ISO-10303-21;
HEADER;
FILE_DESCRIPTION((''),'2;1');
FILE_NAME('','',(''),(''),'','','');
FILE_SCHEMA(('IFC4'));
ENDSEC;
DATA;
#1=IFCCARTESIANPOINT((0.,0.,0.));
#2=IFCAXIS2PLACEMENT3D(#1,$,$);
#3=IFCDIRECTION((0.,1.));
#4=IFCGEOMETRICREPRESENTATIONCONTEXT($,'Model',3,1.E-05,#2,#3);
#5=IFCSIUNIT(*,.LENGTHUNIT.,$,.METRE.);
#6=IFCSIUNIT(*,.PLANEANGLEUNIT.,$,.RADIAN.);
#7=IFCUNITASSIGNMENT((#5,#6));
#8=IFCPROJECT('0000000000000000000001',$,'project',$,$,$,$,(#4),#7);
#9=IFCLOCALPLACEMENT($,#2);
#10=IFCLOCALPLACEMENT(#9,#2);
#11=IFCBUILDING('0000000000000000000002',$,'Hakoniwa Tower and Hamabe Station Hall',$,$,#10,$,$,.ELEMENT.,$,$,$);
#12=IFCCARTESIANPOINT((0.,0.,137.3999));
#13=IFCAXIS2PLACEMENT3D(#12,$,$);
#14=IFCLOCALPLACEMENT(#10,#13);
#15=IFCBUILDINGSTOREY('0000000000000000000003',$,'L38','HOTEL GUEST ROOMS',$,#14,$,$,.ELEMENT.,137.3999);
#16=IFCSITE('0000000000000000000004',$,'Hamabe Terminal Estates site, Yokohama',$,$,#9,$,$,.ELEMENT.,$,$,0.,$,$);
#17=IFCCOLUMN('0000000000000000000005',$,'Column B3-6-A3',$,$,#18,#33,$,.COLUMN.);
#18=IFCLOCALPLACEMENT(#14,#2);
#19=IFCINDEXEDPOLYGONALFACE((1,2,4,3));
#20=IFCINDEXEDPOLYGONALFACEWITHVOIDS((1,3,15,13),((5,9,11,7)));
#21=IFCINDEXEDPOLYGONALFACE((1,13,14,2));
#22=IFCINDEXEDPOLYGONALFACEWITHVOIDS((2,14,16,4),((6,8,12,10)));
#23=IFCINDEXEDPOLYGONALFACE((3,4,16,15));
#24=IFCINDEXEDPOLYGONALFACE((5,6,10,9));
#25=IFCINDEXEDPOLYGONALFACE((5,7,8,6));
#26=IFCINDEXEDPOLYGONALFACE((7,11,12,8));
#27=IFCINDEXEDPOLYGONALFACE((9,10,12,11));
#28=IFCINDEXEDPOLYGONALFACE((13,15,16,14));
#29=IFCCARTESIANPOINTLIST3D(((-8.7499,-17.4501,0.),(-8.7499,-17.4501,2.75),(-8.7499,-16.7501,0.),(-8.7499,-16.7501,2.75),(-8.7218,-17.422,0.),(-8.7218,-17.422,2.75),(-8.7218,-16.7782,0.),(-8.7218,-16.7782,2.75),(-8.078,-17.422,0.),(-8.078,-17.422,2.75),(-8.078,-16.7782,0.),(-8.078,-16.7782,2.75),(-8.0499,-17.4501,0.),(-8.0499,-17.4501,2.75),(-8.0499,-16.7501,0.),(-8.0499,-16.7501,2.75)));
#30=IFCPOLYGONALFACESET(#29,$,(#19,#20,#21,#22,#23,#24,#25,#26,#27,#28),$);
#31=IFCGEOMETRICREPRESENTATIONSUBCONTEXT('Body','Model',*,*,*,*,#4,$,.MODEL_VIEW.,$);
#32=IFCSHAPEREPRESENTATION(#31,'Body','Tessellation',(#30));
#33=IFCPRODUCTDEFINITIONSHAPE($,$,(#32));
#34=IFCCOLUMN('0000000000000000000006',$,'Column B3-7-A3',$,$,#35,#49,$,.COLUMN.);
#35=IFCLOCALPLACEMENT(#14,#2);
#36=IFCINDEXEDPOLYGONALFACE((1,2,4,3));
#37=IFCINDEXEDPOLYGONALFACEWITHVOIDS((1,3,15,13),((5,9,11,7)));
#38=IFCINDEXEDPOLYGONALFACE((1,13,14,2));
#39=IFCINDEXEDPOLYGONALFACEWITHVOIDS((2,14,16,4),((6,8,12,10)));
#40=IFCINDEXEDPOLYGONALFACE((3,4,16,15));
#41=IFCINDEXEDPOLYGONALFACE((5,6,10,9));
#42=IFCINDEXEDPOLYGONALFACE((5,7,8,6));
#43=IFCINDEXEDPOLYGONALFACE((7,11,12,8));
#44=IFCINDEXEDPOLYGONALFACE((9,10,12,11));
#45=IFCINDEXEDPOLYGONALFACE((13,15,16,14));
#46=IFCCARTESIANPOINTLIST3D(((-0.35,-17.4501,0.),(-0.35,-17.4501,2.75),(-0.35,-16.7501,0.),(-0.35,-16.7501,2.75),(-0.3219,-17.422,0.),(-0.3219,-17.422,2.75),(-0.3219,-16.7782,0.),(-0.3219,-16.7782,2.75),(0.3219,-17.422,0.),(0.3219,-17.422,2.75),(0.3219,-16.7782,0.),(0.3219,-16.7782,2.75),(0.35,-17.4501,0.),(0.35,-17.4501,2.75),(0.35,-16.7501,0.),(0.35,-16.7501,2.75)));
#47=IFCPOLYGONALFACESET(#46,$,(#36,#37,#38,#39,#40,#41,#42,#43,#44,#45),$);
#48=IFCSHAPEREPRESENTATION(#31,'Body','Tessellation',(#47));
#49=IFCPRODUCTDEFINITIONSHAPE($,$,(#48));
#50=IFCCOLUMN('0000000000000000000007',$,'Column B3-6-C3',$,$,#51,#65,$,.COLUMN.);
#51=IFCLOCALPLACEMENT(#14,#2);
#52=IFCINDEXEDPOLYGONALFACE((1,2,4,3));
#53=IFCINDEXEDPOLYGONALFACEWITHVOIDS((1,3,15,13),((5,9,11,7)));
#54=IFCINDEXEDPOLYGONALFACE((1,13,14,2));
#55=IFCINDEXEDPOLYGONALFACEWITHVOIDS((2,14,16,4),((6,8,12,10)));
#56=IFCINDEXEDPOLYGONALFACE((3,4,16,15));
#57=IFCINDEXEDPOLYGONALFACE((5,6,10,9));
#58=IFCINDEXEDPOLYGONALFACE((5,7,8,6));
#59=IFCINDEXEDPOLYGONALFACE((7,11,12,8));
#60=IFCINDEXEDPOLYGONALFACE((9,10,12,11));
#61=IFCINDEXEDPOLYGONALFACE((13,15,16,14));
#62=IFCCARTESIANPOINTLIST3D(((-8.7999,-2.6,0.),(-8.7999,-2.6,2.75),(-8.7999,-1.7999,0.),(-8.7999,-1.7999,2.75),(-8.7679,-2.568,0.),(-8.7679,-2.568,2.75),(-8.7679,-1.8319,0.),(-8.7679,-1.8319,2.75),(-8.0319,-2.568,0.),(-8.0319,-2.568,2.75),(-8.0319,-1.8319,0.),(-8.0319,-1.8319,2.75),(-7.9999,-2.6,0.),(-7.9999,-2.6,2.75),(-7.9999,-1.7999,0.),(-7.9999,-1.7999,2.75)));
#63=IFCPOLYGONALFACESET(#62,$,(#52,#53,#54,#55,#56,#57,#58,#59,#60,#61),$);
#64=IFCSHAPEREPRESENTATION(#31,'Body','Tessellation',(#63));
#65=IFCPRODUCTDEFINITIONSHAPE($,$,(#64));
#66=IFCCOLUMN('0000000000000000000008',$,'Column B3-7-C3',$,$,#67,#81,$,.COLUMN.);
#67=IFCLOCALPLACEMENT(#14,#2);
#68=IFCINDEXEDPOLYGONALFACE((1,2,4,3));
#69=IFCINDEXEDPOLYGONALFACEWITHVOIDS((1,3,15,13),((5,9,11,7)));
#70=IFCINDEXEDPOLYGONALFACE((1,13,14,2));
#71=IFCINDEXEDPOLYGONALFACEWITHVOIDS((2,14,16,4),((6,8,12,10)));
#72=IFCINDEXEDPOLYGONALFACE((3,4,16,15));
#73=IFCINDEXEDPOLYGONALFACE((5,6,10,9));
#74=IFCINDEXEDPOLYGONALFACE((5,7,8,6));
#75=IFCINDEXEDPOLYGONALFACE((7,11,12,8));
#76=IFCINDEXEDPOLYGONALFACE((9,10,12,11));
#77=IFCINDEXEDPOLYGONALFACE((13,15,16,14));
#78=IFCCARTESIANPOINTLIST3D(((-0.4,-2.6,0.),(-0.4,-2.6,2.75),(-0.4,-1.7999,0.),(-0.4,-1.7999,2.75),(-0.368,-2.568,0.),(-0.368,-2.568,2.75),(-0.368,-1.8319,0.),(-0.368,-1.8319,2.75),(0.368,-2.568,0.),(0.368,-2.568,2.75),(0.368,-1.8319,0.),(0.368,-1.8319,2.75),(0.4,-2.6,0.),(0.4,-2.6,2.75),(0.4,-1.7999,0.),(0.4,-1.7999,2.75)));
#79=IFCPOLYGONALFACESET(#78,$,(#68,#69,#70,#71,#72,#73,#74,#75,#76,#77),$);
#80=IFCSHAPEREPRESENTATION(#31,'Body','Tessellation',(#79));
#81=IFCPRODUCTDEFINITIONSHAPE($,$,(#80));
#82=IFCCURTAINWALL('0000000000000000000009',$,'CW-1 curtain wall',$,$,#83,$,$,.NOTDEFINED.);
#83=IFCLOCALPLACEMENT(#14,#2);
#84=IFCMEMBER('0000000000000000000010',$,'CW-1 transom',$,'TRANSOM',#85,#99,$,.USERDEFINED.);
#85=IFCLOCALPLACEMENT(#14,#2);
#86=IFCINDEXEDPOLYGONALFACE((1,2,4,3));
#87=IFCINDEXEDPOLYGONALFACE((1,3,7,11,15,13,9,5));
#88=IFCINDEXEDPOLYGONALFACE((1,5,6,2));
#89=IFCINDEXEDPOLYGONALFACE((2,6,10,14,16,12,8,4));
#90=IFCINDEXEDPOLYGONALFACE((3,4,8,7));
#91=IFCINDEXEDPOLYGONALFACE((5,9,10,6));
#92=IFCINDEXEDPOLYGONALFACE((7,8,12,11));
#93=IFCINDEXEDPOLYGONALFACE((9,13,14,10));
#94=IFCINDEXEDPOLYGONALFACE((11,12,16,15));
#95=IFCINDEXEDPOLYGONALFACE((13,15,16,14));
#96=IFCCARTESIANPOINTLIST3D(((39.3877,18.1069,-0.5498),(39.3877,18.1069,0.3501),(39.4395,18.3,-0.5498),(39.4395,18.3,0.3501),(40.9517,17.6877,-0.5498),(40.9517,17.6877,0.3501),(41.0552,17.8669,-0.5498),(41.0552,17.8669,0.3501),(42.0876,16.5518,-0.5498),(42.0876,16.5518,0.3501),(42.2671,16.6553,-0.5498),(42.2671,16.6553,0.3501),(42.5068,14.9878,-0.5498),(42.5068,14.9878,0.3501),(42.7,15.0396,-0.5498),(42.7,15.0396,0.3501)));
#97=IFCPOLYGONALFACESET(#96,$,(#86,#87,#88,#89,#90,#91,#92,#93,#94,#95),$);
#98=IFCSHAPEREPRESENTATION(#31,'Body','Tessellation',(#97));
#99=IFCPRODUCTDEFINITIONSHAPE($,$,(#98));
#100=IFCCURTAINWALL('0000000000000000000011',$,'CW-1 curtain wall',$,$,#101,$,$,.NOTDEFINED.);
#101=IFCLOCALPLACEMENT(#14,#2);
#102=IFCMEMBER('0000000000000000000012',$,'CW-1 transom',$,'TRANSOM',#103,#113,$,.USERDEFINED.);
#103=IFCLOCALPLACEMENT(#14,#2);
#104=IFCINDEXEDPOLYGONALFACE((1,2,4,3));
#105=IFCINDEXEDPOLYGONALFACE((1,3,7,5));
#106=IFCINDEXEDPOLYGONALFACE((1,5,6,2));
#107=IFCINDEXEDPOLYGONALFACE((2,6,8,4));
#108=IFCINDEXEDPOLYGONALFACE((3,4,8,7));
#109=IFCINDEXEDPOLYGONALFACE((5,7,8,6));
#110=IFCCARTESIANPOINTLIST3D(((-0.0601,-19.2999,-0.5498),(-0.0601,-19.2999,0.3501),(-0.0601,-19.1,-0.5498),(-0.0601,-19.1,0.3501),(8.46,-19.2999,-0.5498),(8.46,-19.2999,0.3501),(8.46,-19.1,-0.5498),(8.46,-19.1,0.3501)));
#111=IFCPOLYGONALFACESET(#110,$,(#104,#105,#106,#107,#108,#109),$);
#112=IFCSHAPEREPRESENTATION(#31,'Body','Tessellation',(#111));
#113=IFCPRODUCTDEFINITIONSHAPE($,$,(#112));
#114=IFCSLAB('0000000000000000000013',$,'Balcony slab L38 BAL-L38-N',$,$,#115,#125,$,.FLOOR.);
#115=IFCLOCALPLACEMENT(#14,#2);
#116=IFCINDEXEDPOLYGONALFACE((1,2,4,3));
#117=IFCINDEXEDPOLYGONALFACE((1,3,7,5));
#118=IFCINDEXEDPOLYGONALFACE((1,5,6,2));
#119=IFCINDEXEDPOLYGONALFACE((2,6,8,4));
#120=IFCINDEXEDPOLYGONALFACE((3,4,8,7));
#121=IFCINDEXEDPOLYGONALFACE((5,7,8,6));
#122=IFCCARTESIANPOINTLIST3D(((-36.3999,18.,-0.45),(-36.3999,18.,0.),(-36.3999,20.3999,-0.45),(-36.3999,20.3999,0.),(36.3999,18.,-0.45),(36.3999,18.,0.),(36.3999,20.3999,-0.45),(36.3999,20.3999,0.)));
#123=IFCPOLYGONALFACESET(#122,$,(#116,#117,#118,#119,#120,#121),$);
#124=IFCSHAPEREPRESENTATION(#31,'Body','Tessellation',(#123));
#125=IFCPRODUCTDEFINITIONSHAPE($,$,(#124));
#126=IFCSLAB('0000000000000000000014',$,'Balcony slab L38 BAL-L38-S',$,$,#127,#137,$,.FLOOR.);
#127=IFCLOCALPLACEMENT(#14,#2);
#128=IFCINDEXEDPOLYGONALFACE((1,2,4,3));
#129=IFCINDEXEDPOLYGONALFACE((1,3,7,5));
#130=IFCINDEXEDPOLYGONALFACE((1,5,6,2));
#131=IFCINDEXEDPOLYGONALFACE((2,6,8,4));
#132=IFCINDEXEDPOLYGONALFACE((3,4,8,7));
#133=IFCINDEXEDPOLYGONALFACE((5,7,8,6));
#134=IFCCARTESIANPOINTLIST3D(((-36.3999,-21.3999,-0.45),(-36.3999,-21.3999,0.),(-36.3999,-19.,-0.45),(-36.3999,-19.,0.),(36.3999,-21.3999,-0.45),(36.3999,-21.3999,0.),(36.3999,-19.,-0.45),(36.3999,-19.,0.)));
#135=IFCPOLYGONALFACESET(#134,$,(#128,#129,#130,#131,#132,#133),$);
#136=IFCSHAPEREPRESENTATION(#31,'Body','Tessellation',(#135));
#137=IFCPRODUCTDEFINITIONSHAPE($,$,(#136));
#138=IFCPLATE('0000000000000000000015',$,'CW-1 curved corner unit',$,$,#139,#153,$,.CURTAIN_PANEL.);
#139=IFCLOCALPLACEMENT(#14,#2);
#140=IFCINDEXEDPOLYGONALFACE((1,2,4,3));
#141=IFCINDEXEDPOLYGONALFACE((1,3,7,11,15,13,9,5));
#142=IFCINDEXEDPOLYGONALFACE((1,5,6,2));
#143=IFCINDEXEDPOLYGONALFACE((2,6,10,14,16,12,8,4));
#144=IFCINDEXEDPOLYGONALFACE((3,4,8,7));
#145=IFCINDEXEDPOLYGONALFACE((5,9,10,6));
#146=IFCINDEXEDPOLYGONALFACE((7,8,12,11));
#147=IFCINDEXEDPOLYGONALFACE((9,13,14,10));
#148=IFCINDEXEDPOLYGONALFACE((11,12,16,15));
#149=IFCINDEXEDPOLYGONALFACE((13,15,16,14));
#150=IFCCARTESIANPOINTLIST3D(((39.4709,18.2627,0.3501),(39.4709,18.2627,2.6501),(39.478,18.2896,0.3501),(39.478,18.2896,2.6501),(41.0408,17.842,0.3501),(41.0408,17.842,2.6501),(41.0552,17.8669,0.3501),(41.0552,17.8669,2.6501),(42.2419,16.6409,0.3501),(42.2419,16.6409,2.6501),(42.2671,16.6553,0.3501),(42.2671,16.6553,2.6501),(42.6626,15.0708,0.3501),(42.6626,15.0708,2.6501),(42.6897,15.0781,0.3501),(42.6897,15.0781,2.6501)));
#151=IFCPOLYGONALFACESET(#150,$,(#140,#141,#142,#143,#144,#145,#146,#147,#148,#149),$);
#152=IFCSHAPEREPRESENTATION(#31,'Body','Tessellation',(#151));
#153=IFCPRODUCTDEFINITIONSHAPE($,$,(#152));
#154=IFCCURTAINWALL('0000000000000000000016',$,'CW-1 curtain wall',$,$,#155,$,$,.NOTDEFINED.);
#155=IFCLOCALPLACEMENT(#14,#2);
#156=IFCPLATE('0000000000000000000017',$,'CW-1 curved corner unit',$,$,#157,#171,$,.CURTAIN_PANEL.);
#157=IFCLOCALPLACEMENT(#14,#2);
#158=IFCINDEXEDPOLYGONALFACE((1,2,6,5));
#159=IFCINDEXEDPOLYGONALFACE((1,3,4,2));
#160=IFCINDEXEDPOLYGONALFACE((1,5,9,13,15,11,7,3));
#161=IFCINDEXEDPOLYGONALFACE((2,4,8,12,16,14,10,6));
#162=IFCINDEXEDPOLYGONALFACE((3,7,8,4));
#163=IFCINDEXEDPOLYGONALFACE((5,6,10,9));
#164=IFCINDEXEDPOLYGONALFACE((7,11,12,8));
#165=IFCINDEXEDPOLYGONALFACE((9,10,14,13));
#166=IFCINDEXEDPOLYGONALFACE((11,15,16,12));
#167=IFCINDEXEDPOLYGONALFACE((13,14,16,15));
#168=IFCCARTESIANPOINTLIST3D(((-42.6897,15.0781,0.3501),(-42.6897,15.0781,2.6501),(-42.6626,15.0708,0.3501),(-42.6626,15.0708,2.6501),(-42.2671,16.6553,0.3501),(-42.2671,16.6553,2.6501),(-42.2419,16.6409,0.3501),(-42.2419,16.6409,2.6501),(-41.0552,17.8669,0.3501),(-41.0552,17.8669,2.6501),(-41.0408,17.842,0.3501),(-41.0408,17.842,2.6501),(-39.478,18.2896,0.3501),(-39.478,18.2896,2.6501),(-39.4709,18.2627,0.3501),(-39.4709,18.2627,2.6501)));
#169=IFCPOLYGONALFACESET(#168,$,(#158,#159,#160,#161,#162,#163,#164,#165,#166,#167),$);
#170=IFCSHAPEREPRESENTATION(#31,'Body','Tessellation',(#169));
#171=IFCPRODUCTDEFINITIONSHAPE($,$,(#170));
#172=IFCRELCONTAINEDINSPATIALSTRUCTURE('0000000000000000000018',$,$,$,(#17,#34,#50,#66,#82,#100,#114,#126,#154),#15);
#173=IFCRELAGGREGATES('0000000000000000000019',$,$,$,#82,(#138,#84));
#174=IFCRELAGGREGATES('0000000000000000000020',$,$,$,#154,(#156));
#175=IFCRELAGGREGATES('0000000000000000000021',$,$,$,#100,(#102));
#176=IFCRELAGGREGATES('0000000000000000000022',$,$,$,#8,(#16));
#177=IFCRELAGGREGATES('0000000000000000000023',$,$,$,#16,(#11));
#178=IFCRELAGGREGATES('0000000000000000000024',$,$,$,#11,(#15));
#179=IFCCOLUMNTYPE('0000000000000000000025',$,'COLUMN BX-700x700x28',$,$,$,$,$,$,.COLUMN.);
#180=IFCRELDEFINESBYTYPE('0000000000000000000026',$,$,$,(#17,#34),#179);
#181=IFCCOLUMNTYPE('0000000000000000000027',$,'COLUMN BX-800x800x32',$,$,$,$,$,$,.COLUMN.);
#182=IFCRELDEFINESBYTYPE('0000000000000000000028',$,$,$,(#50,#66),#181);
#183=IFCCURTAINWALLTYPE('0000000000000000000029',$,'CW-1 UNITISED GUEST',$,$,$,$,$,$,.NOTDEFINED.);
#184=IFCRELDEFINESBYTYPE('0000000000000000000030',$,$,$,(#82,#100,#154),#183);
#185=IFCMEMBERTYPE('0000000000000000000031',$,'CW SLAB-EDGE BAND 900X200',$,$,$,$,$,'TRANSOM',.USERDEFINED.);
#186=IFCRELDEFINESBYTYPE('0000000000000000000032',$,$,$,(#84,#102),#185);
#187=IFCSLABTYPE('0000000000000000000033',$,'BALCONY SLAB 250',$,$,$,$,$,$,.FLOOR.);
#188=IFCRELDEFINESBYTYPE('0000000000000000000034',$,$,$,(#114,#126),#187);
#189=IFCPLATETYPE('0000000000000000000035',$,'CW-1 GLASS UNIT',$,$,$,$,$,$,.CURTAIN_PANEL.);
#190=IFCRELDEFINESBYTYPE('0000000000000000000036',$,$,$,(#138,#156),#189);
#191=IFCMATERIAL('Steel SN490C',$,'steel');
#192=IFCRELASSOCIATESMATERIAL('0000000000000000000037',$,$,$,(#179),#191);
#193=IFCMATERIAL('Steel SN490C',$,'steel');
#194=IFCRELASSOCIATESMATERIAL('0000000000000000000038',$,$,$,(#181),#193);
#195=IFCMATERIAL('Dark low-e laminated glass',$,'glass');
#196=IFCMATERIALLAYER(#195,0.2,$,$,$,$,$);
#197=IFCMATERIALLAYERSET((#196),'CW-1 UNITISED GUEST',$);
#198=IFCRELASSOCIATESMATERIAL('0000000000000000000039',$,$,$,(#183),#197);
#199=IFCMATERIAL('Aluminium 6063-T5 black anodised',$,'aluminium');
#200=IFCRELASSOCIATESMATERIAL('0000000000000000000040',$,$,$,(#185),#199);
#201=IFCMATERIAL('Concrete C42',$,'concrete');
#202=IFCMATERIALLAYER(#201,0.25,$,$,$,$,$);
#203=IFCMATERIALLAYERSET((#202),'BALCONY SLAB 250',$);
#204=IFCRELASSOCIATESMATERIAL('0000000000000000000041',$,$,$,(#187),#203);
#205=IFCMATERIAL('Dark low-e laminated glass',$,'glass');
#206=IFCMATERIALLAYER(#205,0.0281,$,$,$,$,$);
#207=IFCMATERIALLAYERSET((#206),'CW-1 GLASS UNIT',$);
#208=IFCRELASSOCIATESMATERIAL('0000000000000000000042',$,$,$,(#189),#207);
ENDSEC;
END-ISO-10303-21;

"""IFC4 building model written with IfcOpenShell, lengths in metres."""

from ifc_helpers import new_model, si_unit, direction, frame, origin, origin_2d, place, context, subcontext, project, spatial, polyline, rectangle, hollow_rectangle, outline, extrude, material, layer, layer_set, material_profile, profile_set, type_object, element, aggregate, save


model = new_model("IFC4")

# Units and contexts
model_context = context("Model", 3, precision=1e-05, world=origin(), true_north=direction((0.0, 1.0)))
body_context = subcontext(model_context, "Body", "Model", "MODEL_VIEW")
ifc_project = project(units=[si_unit("LENGTHUNIT", "METRE"), si_unit("PLANEANGLEUNIT", "RADIAN")], contexts=[model_context])

# Site, building, storey
site_placement = place(None, origin())
site = spatial("IfcSite", under=ifc_project, at=site_placement, Name="Hamabe Terminal Estates site, Yokohama", CompositionType="ELEMENT", RefElevation=0.0)
building_placement = place(site_placement, origin())
building = spatial("IfcBuilding", under=site, at=building_placement, Name="Hakoniwa Tower and Hamabe Station Hall", CompositionType="ELEMENT")
storey_placement = place(building_placement, frame((0.0, 0.0, 137.3999)))
storey = spatial("IfcBuildingStorey", under=building, at=storey_placement, Name="L38", Description="HOTEL GUEST ROOMS", CompositionType="ELEMENT", Elevation=137.3999)

# Columns
ifc_material_1 = material(Name="Steel SN490C", Category="steel")
ifc_material_profile_1 = material_profile(ifc_material_1, hollow_rectangle(XDim=0.7, YDim=0.7, WallThickness=0.0281, at=origin_2d()), Name="BX-700x700x28")
ifc_profile_set_1 = profile_set([ifc_material_profile_1], Name="Steel SN490C")
column_type_1 = type_object("IfcColumnType", Name="COLUMN BX-700x700x28", PredefinedType="COLUMN", material=ifc_profile_set_1)
for number, where, z_axis, x_axis, name in (
    (1, (-8.3999, -17.1001, 0.0), (0.0, 0.0, 1.0), (1.0, 0.0, 0.0), "Column B3-6-A3"),
    (2, (0.0, -17.1001, 0.0), (0.0, 0.0, 1.0), (1.0, 0.0, 0.0), "Column B3-7-A3"),
):
    element("IfcColumn", number, at=place(storey_placement, frame(where, z_axis=z_axis, x_axis=x_axis)), inside=storey, type_object=column_type_1, Name=name, PredefinedType="COLUMN", context=body_context, shape_type="SweptSolid", body=[
        extrude(hollow_rectangle(XDim=0.7, YDim=0.7, WallThickness=0.0281, at=origin_2d()), origin(), (0.0, 0.0, 1.0), 2.75),
    ])
ifc_material_2 = material(Name="Steel SN490C", Category="steel")
ifc_material_profile_2 = material_profile(ifc_material_2, hollow_rectangle(XDim=0.8, YDim=0.8, WallThickness=0.032, at=origin_2d()), Name="BX-800x800x32")
ifc_profile_set_2 = profile_set([ifc_material_profile_2], Name="Steel SN490C")
column_type_2 = type_object("IfcColumnType", Name="COLUMN BX-800x800x32", PredefinedType="COLUMN", material=ifc_profile_set_2)
for number, where, z_axis, x_axis, name in (
    (3, (-8.3999, -2.2, 0.0), (0.0, 0.0, 1.0), (1.0, 0.0, 0.0), "Column B3-6-C3"),
    (4, (0.0, -2.2, 0.0), (0.0, 0.0, 1.0), (1.0, 0.0, 0.0), "Column B3-7-C3"),
):
    element("IfcColumn", number, at=place(storey_placement, frame(where, z_axis=z_axis, x_axis=x_axis)), inside=storey, type_object=column_type_2, Name=name, PredefinedType="COLUMN", context=body_context, shape_type="SweptSolid", body=[
        extrude(hollow_rectangle(XDim=0.8, YDim=0.8, WallThickness=0.032, at=origin_2d()), origin(), (0.0, 0.0, 1.0), 2.75),
    ])

# Curtain walls, members
ifc_material_3 = material(Name="Dark low-e laminated glass", Category="glass")
ifc_layer_1 = layer(ifc_material_3, 0.2)
ifc_layer_set_1 = layer_set([ifc_layer_1], Name="CW-1 UNITISED GUEST")
curtain_wall_type = type_object("IfcCurtainWallType", Name="CW-1 UNITISED GUEST", PredefinedType="NOTDEFINED", material=ifc_layer_set_1)
curtain_wall_1_placement = place(storey_placement, origin())
curtain_wall_1 = element("IfcCurtainWall", 5, at=curtain_wall_1_placement, inside=storey, type_object=curtain_wall_type, Name="CW-1 curtain wall", PredefinedType="NOTDEFINED")
ifc_material_4 = material(Name="Aluminium 6063-T5 black anodised", Category="aluminium")
ifc_material_profile_3 = material_profile(ifc_material_4, rectangle(XDim=0.2, YDim=0.8999, at=origin_2d()), Name="CW SLAB-EDGE BAND 900X200")
ifc_profile_set_3 = profile_set([ifc_material_profile_3], Name="Aluminium 6063-T5 black anodised")
member_type = type_object("IfcMemberType", Name="CW SLAB-EDGE BAND 900X200", ElementType="TRANSOM", PredefinedType="USERDEFINED", material=ifc_profile_set_3)
member_1_placement = place(storey_placement, frame((0.0, 0.0, -0.5498)))
member_1 = element("IfcMember", 6, at=member_1_placement, type_object=member_type, Name="CW-1 transom", ObjectType="TRANSOM", PredefinedType="USERDEFINED", context=body_context, shape_type="SweptSolid", body=[
    extrude(outline(polyline([(42.7, 15.0396), (42.2671, 16.6553), (41.0552, 17.8669), (39.4395, 18.3), (39.3877, 18.1069), (40.9517, 17.6877), (42.0876, 16.5518), (42.5068, 14.9878), (42.7, 15.0396)])), origin(), (0.0, 0.0, 1.0), 0.8999),
])
curtain_wall_2_placement = place(storey_placement, origin())
curtain_wall_2 = element("IfcCurtainWall", 7, at=curtain_wall_2_placement, inside=storey, type_object=curtain_wall_type, Name="CW-1 curtain wall", PredefinedType="NOTDEFINED")
member_2_placement = place(storey_placement, frame((-0.0601, -19.2, -0.0999), z_axis=(1.0, 0.0, 0.0), x_axis=(0.0, 1.0, 0.0)))
member_2 = element("IfcMember", 8, at=member_2_placement, type_object=member_type, Name="CW-1 transom", ObjectType="TRANSOM", PredefinedType="USERDEFINED", context=body_context, shape_type="SweptSolid", body=[
    extrude(rectangle(XDim=0.2, YDim=0.8999, at=origin_2d()), origin(), (0.0, 0.0, 1.0), 8.52),
])

# Slabs
ifc_material_5 = material(Name="Concrete C42", Category="concrete")
ifc_layer_2 = layer(ifc_material_5, 0.25)
ifc_layer_set_2 = layer_set([ifc_layer_2], Name="BALCONY SLAB 250")
slab_type_1 = type_object("IfcSlabType", Name="BALCONY SLAB 250", PredefinedType="FLOOR", material=ifc_layer_set_2)
slab_1_placement = place(storey_placement, frame((0.0, 0.0, -0.45)))
element("IfcSlab", 9, at=slab_1_placement, inside=storey, type_object=slab_type_1, Name="Balcony slab L38 BAL-L38-N", PredefinedType="FLOOR", context=body_context, shape_type="SweptSolid", body=[
    extrude(outline(polyline([(-36.3999, 18.0), (36.3999, 18.0), (36.3999, 20.3999), (-36.3999, 20.3999), (-36.3999, 18.0)])), origin(), (0.0, 0.0, 1.0), 0.45),
])
slab_2_placement = place(storey_placement, frame((0.0, 0.0, -0.45)))
element("IfcSlab", 10, at=slab_2_placement, inside=storey, type_object=slab_type_1, Name="Balcony slab L38 BAL-L38-S", PredefinedType="FLOOR", context=body_context, shape_type="SweptSolid", body=[
    extrude(outline(polyline([(-36.3999, -21.3999), (36.3999, -21.3999), (36.3999, -19.0), (-36.3999, -19.0), (-36.3999, -21.3999)])), origin(), (0.0, 0.0, 1.0), 0.45),
])

# Plate
ifc_material_6 = material(Name="Dark low-e laminated glass", Category="glass")
ifc_layer_3 = layer(ifc_material_6, 0.0281)
ifc_layer_set_3 = layer_set([ifc_layer_3], Name="CW-1 GLASS UNIT")
plate_type = type_object("IfcPlateType", Name="CW-1 GLASS UNIT", PredefinedType="CURTAIN_PANEL", material=ifc_layer_set_3)
plate_1_placement = place(storey_placement, frame((0.0, 0.0, 0.3501)))
plate_1 = element("IfcPlate", 11, at=plate_1_placement, type_object=plate_type, Name="CW-1 curved corner unit", PredefinedType="CURTAIN_PANEL", context=body_context, shape_type="SweptSolid", body=[
    extrude(outline(polyline([(42.6897, 15.0781), (42.2671, 16.6553), (41.0552, 17.8669), (39.478, 18.2896), (39.4709, 18.2627), (41.0408, 17.842), (42.2419, 16.6409), (42.6626, 15.0708), (42.6897, 15.0781)])), origin(), (0.0, 0.0, 1.0), 2.3),
])
aggregate(curtain_wall_1, [plate_1, member_1])

# Curtain wall, plate
curtain_wall_3_placement = place(storey_placement, origin())
curtain_wall_3 = element("IfcCurtainWall", 12, at=curtain_wall_3_placement, inside=storey, type_object=curtain_wall_type, Name="CW-1 curtain wall", PredefinedType="NOTDEFINED")
plate_2_placement = place(storey_placement, frame((0.0, 0.0, 0.3501)))
plate_2 = element("IfcPlate", 13, at=plate_2_placement, type_object=plate_type, Name="CW-1 curved corner unit", PredefinedType="CURTAIN_PANEL", context=body_context, shape_type="SweptSolid", body=[
    extrude(outline(polyline([(-39.478, 18.2896), (-41.0552, 17.8669), (-42.2671, 16.6553), (-42.6897, 15.0781), (-42.6626, 15.0708), (-42.2419, 16.6409), (-41.0408, 17.842), (-39.4709, 18.2627), (-39.478, 18.2896)])), origin(), (0.0, 0.0, 1.0), 2.3),
])
aggregate(curtain_wall_3, [plate_2])

aggregate(curtain_wall_2, [member_2])

save(model, "model.ifc")
